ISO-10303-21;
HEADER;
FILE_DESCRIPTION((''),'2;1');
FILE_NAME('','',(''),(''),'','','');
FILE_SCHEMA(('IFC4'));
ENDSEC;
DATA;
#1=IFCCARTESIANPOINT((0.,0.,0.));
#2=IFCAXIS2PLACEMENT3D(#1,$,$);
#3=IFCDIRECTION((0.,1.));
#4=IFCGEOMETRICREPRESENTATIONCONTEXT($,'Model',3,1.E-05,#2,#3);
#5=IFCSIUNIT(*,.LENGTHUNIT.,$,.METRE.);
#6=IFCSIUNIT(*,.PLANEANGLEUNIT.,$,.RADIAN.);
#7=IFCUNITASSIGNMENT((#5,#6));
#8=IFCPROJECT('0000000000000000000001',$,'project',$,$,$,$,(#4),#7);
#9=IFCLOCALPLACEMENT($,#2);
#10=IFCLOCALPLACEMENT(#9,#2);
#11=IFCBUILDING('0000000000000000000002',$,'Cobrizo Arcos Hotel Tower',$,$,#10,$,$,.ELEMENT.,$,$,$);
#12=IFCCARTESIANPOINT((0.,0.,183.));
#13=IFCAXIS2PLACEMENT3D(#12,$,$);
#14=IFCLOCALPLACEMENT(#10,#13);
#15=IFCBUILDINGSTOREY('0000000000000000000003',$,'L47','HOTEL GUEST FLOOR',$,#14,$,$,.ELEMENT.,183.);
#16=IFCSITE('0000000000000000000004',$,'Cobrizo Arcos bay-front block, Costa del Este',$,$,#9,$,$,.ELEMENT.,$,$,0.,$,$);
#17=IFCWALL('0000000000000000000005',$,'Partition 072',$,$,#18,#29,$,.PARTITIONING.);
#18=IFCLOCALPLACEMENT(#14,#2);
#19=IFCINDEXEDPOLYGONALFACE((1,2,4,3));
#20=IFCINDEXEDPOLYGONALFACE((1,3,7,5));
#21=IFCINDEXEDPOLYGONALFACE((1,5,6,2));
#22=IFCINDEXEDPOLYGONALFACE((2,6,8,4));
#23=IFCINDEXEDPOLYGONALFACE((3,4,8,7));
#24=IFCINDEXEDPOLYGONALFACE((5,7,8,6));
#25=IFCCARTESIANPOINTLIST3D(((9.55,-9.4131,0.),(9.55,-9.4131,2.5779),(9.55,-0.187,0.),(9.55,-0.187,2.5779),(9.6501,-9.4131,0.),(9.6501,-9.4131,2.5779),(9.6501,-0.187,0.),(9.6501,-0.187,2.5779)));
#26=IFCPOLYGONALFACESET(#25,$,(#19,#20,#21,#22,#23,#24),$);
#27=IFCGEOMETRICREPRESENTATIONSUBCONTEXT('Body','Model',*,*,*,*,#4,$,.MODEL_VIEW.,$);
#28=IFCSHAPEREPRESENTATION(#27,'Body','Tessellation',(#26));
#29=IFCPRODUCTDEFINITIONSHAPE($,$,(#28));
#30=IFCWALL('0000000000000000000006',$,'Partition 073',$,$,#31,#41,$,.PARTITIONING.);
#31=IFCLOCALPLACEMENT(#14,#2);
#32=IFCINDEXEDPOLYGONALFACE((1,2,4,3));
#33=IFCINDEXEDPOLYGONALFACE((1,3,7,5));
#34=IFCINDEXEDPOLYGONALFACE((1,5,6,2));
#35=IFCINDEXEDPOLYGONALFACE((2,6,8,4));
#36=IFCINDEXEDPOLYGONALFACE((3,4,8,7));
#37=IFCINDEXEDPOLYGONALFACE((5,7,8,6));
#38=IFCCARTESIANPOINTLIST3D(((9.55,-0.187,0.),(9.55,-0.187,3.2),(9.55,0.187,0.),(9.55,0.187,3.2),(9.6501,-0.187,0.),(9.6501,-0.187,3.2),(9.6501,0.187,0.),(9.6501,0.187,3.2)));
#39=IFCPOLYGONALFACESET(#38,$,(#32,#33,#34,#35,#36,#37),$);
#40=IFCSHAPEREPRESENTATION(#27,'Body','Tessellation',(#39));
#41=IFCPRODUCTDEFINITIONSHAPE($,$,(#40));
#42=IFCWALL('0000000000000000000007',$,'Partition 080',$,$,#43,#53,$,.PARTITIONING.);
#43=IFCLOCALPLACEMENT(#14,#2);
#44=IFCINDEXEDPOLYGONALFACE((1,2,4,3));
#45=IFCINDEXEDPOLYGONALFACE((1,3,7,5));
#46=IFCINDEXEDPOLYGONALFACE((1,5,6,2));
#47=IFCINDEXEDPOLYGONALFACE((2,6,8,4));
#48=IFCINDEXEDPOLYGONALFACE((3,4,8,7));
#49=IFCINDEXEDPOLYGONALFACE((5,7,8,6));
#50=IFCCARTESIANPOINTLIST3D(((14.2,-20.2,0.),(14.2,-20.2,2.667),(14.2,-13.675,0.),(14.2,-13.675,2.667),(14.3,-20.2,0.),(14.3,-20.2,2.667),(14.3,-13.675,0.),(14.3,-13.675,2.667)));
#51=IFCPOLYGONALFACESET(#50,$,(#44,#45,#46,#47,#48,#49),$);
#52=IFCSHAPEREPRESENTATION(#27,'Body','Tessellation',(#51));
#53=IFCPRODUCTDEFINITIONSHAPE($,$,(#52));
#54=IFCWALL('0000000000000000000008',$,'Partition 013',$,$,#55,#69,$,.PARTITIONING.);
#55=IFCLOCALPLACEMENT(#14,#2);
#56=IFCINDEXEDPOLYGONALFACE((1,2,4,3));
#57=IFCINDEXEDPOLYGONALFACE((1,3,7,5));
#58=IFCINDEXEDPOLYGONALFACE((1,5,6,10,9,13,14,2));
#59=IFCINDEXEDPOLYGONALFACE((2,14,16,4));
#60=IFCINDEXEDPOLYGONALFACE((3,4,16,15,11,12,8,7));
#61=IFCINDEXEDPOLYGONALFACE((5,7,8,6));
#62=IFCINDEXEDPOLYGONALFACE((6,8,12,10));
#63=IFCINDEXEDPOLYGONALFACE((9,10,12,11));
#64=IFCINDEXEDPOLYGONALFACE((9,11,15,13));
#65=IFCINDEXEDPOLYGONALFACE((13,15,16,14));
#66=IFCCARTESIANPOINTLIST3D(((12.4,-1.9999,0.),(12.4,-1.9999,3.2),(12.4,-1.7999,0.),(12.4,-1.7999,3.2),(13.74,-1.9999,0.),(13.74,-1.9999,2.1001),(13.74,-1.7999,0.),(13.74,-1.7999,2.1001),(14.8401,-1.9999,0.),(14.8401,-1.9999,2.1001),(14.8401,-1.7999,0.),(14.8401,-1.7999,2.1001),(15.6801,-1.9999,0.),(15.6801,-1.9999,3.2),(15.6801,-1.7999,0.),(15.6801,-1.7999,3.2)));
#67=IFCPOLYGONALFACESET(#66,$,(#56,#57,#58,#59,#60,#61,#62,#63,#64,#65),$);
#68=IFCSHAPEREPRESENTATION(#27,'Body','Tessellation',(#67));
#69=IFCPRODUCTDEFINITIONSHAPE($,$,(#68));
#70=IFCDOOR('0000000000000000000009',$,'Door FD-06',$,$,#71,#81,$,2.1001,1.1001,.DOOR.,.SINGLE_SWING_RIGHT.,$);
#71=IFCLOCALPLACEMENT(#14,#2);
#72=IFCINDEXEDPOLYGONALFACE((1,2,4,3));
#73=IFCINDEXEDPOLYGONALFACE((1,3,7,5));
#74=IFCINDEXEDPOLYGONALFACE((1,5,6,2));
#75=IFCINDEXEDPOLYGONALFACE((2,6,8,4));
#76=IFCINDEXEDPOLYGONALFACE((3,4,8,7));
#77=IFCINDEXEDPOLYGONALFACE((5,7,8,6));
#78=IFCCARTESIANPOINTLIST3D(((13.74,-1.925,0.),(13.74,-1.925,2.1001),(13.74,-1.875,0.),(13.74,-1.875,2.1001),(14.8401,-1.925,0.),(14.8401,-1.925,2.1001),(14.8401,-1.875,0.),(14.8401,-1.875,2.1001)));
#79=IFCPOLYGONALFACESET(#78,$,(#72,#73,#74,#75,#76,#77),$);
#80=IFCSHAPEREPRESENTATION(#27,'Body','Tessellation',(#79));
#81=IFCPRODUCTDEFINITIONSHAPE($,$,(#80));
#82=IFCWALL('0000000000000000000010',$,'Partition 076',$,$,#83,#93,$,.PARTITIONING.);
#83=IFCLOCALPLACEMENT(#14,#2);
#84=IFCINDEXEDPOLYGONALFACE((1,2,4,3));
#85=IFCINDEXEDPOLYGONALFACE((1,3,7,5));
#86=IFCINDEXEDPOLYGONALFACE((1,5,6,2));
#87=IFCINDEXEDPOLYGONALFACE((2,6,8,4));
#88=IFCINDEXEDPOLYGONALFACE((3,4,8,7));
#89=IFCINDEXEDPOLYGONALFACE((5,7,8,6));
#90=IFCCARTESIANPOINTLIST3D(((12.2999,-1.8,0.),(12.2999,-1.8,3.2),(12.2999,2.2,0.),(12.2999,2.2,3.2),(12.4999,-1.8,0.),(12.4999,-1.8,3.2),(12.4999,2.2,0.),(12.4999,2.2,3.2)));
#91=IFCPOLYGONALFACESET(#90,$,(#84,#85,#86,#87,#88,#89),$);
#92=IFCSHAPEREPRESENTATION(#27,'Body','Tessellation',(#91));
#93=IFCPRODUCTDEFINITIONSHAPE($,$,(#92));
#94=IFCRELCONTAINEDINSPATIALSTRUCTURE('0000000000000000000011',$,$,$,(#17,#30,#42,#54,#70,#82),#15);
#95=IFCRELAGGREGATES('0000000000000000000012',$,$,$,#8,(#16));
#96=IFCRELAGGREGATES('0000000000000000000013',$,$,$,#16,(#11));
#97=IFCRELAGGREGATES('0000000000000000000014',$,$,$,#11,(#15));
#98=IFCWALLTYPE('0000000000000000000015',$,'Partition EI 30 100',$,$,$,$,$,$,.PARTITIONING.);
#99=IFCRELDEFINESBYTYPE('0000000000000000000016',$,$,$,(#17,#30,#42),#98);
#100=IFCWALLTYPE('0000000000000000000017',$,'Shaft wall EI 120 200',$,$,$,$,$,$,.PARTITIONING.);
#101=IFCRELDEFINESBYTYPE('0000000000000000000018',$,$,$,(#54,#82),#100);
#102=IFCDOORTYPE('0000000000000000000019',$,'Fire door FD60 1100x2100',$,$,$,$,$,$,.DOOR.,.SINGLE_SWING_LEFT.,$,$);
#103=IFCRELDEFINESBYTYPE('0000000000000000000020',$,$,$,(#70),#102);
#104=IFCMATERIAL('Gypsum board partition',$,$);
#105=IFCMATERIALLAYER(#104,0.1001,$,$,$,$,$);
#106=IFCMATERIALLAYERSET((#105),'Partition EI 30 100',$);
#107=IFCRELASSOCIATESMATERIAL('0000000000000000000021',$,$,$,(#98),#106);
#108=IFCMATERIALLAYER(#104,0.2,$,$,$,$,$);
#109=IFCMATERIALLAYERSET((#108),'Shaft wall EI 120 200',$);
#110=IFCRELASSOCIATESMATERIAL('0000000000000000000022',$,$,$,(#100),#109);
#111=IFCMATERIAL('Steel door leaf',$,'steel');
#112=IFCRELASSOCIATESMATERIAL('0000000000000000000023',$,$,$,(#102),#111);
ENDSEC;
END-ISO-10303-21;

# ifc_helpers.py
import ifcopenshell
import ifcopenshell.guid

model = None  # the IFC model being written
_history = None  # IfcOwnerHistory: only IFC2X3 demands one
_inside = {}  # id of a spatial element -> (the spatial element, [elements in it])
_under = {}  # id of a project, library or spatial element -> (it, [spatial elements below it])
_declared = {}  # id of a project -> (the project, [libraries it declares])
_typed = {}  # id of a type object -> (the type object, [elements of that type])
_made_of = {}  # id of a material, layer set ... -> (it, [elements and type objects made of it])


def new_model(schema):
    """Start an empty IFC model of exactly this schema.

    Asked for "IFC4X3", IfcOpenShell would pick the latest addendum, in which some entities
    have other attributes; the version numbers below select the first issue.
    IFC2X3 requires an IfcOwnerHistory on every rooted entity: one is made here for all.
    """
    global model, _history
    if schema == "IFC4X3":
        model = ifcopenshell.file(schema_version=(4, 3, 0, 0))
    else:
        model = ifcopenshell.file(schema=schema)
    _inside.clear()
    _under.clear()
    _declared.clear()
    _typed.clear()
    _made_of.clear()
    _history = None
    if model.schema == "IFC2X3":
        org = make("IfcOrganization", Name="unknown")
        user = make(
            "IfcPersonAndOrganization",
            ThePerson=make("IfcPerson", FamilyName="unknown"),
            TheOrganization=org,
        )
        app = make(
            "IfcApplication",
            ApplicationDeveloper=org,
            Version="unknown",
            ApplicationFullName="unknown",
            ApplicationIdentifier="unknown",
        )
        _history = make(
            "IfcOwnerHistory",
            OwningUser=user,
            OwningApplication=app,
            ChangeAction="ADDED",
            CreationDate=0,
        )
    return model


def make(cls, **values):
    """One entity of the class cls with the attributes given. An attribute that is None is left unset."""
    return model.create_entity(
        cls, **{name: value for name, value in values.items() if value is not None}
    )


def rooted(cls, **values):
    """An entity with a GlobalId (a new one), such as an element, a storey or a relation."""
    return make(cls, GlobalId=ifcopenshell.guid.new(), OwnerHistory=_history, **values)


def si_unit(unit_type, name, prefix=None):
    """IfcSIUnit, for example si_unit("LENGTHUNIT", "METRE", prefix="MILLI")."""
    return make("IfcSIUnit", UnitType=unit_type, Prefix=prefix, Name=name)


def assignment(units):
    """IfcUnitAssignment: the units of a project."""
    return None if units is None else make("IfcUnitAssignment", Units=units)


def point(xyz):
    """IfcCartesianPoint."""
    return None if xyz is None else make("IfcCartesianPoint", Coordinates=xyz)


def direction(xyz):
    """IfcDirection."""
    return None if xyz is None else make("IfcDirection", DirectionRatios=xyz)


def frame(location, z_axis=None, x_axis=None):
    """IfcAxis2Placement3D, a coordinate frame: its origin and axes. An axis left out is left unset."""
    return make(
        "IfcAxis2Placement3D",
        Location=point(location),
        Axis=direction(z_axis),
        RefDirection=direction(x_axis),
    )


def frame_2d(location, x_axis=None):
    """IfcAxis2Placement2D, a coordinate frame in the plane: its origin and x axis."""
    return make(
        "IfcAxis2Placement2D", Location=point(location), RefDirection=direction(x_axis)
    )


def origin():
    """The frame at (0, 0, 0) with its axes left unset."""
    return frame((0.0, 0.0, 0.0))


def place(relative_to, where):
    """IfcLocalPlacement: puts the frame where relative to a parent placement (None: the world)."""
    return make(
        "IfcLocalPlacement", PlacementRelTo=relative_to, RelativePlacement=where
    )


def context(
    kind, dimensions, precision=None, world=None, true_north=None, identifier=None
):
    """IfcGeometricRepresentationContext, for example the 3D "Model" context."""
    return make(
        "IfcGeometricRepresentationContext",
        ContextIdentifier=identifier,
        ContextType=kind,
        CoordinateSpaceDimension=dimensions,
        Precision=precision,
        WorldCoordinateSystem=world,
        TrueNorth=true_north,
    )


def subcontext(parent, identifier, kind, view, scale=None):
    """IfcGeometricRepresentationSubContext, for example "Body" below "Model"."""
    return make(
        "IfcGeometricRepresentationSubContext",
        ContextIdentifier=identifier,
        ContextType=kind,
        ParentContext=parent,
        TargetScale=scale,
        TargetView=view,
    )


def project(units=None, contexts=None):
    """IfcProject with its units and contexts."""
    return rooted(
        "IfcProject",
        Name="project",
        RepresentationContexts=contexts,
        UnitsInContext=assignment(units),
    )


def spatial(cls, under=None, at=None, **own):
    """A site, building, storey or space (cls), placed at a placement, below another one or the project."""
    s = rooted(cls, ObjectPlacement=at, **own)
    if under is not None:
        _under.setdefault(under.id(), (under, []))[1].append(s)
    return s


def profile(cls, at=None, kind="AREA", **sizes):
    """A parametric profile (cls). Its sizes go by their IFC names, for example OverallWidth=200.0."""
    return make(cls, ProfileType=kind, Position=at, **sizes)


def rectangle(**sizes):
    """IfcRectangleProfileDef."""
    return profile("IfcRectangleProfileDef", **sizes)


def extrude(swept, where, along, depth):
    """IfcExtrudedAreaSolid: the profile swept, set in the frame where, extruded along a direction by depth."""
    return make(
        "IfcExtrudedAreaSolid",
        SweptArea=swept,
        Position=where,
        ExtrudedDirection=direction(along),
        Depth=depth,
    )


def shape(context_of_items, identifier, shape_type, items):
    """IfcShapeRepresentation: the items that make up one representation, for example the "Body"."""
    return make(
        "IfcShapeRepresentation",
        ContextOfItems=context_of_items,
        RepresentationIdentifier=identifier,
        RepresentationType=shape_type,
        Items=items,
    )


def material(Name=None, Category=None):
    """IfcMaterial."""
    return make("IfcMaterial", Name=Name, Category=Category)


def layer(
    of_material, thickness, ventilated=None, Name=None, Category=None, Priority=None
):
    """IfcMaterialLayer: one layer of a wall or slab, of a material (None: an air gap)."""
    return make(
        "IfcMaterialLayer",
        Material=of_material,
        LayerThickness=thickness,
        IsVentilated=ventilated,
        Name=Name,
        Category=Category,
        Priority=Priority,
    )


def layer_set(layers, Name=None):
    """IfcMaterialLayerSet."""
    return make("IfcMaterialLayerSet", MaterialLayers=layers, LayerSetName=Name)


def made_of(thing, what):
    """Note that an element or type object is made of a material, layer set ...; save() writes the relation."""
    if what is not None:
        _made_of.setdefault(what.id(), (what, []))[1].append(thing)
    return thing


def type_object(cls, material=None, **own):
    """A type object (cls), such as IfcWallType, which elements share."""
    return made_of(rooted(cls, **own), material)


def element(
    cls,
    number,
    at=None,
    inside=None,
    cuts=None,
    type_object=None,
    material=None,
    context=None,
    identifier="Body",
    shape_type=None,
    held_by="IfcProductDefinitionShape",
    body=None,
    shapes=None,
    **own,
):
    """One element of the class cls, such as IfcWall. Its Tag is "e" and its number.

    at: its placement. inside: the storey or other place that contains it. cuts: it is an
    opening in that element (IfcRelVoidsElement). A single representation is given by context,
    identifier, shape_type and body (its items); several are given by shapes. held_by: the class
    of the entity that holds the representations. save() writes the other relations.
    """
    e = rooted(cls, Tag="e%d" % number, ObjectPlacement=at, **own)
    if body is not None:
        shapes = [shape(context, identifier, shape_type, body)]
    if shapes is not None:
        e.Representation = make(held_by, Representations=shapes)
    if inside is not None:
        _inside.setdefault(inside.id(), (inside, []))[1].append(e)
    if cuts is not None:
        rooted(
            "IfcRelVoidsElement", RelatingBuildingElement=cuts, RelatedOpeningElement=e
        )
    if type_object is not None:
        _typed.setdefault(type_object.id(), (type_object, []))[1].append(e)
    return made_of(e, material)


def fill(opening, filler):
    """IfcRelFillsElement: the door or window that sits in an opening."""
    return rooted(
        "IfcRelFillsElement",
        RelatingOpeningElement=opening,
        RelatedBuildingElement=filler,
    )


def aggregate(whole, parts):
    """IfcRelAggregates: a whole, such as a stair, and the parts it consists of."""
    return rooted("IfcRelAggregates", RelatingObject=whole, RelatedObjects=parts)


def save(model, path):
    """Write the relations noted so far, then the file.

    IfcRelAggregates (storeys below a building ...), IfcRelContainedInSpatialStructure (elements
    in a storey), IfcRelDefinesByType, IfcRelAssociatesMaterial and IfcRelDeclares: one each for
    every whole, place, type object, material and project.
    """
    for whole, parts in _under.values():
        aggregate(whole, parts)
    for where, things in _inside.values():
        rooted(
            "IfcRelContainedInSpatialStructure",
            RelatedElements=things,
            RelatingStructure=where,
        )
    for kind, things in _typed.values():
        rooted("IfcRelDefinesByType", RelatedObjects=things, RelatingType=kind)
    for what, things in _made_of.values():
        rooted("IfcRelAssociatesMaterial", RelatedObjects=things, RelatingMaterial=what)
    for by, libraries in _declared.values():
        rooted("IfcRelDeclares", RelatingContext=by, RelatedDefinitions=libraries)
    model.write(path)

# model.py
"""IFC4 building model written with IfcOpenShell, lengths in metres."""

from ifc_helpers import new_model, si_unit, direction, frame, frame_2d, origin, place, context, subcontext, project, spatial, rectangle, extrude, material, layer, layer_set, type_object, element, fill, save


model = new_model("IFC4")

# Units and contexts
model_context = context("Model", 3, precision=1e-05, world=origin(), true_north=direction((0.0, 1.0)))
body_context = subcontext(model_context, "Body", "Model", "MODEL_VIEW")
ifc_project = project(units=[si_unit("LENGTHUNIT", "METRE"), si_unit("PLANEANGLEUNIT", "RADIAN")], contexts=[model_context])

# Site, building, storey
site_placement = place(None, origin())
site = spatial("IfcSite", under=ifc_project, at=site_placement, Name="Cobrizo Arcos bay-front block, Costa del Este", CompositionType="ELEMENT", RefElevation=0.0)
building_placement = place(site_placement, origin())
building = spatial("IfcBuilding", under=site, at=building_placement, Name="Cobrizo Arcos Hotel Tower", CompositionType="ELEMENT")
storey_placement = place(building_placement, frame((0.0, 0.0, 183.0)))
storey = spatial("IfcBuildingStorey", under=building, at=storey_placement, Name="L47", Description="HOTEL GUEST FLOOR", CompositionType="ELEMENT", Elevation=183.0)

# Shared definitions
ifc_material_1 = material(Name="Gypsum board partition")

# Shared definitions
ifc_layer_1 = layer(ifc_material_1, 0.1001)
ifc_layer_set_1 = layer_set([ifc_layer_1], Name="Partition EI 30 100")
wall_type_1 = type_object("IfcWallType", Name="Partition EI 30 100", PredefinedType="PARTITIONING", material=ifc_layer_set_1)

# Walls
wall_1_placement = place(storey_placement, frame((9.6001, -9.4131, 0.0), z_axis=(0.0, 0.0, 1.0), x_axis=(0.0, 1.0, 0.0)))
element("IfcWall", 1, at=wall_1_placement, inside=storey, type_object=wall_type_1, Name="Partition 072", PredefinedType="PARTITIONING", context=body_context, shape_type="SweptSolid", body=[
    extrude(rectangle(XDim=9.2261, YDim=0.1001, at=frame_2d((4.613, 0.0))), origin(), (0.0, 0.0, 1.0), 2.5779),
])
wall_2_placement = place(storey_placement, frame((9.6001, -0.187, 0.0), z_axis=(0.0, 0.0, 1.0), x_axis=(0.0, 1.0, 0.0)))
element("IfcWall", 2, at=wall_2_placement, inside=storey, type_object=wall_type_1, Name="Partition 073", PredefinedType="PARTITIONING", context=body_context, shape_type="SweptSolid", body=[
    extrude(rectangle(XDim=0.374, YDim=0.1001, at=frame_2d((0.187, 0.0))), origin(), (0.0, 0.0, 1.0), 3.2),
])
wall_3_placement = place(storey_placement, frame((14.25, -20.2, 0.0), z_axis=(0.0, 0.0, 1.0), x_axis=(0.0, 1.0, 0.0)))
element("IfcWall", 3, at=wall_3_placement, inside=storey, type_object=wall_type_1, Name="Partition 080", PredefinedType="PARTITIONING", context=body_context, shape_type="SweptSolid", body=[
    extrude(rectangle(XDim=6.5249, YDim=0.1001, at=frame_2d((3.2625, 0.0))), origin(), (0.0, 0.0, 1.0), 2.667),
])

# Wall, opening, door
ifc_layer_2 = layer(ifc_material_1, 0.2)
ifc_layer_set_2 = layer_set([ifc_layer_2], Name="Shaft wall EI 120 200")
wall_type_2 = type_object("IfcWallType", Name="Shaft wall EI 120 200", PredefinedType="PARTITIONING", material=ifc_layer_set_2)
wall_4_placement = place(storey_placement, frame((12.3999, -1.8999, 0.0), z_axis=(0.0, 0.0, 1.0), x_axis=(1.0, 0.0, 0.0)))
wall_4 = element("IfcWall", 4, at=wall_4_placement, inside=storey, type_object=wall_type_2, Name="Partition 013", PredefinedType="PARTITIONING", context=body_context, shape_type="SweptSolid", body=[
    extrude(rectangle(XDim=3.28, YDim=0.2, at=frame_2d((1.6401, 0.0))), origin(), (0.0, 0.0, 1.0), 3.2),
])
opening_1_placement = place(wall_4_placement, frame((1.3401, 0.0, 0.0)))
opening_1 = element("IfcOpeningElement", 5, at=opening_1_placement, cuts=wall_4, PredefinedType="OPENING", context=body_context, shape_type="SweptSolid", body=[
    extrude(rectangle(XDim=1.1001, YDim=2.1001, at=frame_2d((0.55, 1.05))), frame((0.0, 0.1121, 0.0), z_axis=(0.0, -1.0, 0.0), x_axis=(1.0, 0.0, 0.0)), (0.0, 0.0, 1.0), 0.2239),
])
ifc_material_2 = material(Name="Steel door leaf", Category="steel")
door_type_1 = type_object("IfcDoorType", Name="Fire door FD60 1100x2100", OperationType="SINGLE_SWING_LEFT", PredefinedType="DOOR", material=ifc_material_2)
door_1_placement = place(opening_1_placement, origin())
door_1 = element("IfcDoor", 6, at=door_1_placement, inside=storey, type_object=door_type_1, Name="Door FD-06", OperationType="SINGLE_SWING_RIGHT", OverallHeight=2.1001, OverallWidth=1.1001, PredefinedType="DOOR", context=body_context, shape_type="SweptSolid", body=[
    extrude(rectangle(XDim=1.1001, YDim=2.1001, at=frame_2d((0.55, 1.05))), frame((0.0, 0.0249, 0.0), z_axis=(0.0, -1.0, 0.0), x_axis=(1.0, 0.0, 0.0)), (0.0, 0.0, 1.0), 0.05),
])
fill(opening_1, door_1)

# Wall
wall_5_placement = place(storey_placement, frame((12.3999, -1.8, 0.0), z_axis=(0.0, 0.0, 1.0), x_axis=(0.0, 1.0, 0.0)))
element("IfcWall", 7, at=wall_5_placement, inside=storey, type_object=wall_type_2, Name="Partition 076", PredefinedType="PARTITIONING", context=body_context, shape_type="SweptSolid", body=[
    extrude(rectangle(XDim=4.0, YDim=0.2, at=frame_2d((2.0, 0.0))), origin(), (0.0, 0.0, 1.0), 3.2),
])

save(model, "model.ifc")
